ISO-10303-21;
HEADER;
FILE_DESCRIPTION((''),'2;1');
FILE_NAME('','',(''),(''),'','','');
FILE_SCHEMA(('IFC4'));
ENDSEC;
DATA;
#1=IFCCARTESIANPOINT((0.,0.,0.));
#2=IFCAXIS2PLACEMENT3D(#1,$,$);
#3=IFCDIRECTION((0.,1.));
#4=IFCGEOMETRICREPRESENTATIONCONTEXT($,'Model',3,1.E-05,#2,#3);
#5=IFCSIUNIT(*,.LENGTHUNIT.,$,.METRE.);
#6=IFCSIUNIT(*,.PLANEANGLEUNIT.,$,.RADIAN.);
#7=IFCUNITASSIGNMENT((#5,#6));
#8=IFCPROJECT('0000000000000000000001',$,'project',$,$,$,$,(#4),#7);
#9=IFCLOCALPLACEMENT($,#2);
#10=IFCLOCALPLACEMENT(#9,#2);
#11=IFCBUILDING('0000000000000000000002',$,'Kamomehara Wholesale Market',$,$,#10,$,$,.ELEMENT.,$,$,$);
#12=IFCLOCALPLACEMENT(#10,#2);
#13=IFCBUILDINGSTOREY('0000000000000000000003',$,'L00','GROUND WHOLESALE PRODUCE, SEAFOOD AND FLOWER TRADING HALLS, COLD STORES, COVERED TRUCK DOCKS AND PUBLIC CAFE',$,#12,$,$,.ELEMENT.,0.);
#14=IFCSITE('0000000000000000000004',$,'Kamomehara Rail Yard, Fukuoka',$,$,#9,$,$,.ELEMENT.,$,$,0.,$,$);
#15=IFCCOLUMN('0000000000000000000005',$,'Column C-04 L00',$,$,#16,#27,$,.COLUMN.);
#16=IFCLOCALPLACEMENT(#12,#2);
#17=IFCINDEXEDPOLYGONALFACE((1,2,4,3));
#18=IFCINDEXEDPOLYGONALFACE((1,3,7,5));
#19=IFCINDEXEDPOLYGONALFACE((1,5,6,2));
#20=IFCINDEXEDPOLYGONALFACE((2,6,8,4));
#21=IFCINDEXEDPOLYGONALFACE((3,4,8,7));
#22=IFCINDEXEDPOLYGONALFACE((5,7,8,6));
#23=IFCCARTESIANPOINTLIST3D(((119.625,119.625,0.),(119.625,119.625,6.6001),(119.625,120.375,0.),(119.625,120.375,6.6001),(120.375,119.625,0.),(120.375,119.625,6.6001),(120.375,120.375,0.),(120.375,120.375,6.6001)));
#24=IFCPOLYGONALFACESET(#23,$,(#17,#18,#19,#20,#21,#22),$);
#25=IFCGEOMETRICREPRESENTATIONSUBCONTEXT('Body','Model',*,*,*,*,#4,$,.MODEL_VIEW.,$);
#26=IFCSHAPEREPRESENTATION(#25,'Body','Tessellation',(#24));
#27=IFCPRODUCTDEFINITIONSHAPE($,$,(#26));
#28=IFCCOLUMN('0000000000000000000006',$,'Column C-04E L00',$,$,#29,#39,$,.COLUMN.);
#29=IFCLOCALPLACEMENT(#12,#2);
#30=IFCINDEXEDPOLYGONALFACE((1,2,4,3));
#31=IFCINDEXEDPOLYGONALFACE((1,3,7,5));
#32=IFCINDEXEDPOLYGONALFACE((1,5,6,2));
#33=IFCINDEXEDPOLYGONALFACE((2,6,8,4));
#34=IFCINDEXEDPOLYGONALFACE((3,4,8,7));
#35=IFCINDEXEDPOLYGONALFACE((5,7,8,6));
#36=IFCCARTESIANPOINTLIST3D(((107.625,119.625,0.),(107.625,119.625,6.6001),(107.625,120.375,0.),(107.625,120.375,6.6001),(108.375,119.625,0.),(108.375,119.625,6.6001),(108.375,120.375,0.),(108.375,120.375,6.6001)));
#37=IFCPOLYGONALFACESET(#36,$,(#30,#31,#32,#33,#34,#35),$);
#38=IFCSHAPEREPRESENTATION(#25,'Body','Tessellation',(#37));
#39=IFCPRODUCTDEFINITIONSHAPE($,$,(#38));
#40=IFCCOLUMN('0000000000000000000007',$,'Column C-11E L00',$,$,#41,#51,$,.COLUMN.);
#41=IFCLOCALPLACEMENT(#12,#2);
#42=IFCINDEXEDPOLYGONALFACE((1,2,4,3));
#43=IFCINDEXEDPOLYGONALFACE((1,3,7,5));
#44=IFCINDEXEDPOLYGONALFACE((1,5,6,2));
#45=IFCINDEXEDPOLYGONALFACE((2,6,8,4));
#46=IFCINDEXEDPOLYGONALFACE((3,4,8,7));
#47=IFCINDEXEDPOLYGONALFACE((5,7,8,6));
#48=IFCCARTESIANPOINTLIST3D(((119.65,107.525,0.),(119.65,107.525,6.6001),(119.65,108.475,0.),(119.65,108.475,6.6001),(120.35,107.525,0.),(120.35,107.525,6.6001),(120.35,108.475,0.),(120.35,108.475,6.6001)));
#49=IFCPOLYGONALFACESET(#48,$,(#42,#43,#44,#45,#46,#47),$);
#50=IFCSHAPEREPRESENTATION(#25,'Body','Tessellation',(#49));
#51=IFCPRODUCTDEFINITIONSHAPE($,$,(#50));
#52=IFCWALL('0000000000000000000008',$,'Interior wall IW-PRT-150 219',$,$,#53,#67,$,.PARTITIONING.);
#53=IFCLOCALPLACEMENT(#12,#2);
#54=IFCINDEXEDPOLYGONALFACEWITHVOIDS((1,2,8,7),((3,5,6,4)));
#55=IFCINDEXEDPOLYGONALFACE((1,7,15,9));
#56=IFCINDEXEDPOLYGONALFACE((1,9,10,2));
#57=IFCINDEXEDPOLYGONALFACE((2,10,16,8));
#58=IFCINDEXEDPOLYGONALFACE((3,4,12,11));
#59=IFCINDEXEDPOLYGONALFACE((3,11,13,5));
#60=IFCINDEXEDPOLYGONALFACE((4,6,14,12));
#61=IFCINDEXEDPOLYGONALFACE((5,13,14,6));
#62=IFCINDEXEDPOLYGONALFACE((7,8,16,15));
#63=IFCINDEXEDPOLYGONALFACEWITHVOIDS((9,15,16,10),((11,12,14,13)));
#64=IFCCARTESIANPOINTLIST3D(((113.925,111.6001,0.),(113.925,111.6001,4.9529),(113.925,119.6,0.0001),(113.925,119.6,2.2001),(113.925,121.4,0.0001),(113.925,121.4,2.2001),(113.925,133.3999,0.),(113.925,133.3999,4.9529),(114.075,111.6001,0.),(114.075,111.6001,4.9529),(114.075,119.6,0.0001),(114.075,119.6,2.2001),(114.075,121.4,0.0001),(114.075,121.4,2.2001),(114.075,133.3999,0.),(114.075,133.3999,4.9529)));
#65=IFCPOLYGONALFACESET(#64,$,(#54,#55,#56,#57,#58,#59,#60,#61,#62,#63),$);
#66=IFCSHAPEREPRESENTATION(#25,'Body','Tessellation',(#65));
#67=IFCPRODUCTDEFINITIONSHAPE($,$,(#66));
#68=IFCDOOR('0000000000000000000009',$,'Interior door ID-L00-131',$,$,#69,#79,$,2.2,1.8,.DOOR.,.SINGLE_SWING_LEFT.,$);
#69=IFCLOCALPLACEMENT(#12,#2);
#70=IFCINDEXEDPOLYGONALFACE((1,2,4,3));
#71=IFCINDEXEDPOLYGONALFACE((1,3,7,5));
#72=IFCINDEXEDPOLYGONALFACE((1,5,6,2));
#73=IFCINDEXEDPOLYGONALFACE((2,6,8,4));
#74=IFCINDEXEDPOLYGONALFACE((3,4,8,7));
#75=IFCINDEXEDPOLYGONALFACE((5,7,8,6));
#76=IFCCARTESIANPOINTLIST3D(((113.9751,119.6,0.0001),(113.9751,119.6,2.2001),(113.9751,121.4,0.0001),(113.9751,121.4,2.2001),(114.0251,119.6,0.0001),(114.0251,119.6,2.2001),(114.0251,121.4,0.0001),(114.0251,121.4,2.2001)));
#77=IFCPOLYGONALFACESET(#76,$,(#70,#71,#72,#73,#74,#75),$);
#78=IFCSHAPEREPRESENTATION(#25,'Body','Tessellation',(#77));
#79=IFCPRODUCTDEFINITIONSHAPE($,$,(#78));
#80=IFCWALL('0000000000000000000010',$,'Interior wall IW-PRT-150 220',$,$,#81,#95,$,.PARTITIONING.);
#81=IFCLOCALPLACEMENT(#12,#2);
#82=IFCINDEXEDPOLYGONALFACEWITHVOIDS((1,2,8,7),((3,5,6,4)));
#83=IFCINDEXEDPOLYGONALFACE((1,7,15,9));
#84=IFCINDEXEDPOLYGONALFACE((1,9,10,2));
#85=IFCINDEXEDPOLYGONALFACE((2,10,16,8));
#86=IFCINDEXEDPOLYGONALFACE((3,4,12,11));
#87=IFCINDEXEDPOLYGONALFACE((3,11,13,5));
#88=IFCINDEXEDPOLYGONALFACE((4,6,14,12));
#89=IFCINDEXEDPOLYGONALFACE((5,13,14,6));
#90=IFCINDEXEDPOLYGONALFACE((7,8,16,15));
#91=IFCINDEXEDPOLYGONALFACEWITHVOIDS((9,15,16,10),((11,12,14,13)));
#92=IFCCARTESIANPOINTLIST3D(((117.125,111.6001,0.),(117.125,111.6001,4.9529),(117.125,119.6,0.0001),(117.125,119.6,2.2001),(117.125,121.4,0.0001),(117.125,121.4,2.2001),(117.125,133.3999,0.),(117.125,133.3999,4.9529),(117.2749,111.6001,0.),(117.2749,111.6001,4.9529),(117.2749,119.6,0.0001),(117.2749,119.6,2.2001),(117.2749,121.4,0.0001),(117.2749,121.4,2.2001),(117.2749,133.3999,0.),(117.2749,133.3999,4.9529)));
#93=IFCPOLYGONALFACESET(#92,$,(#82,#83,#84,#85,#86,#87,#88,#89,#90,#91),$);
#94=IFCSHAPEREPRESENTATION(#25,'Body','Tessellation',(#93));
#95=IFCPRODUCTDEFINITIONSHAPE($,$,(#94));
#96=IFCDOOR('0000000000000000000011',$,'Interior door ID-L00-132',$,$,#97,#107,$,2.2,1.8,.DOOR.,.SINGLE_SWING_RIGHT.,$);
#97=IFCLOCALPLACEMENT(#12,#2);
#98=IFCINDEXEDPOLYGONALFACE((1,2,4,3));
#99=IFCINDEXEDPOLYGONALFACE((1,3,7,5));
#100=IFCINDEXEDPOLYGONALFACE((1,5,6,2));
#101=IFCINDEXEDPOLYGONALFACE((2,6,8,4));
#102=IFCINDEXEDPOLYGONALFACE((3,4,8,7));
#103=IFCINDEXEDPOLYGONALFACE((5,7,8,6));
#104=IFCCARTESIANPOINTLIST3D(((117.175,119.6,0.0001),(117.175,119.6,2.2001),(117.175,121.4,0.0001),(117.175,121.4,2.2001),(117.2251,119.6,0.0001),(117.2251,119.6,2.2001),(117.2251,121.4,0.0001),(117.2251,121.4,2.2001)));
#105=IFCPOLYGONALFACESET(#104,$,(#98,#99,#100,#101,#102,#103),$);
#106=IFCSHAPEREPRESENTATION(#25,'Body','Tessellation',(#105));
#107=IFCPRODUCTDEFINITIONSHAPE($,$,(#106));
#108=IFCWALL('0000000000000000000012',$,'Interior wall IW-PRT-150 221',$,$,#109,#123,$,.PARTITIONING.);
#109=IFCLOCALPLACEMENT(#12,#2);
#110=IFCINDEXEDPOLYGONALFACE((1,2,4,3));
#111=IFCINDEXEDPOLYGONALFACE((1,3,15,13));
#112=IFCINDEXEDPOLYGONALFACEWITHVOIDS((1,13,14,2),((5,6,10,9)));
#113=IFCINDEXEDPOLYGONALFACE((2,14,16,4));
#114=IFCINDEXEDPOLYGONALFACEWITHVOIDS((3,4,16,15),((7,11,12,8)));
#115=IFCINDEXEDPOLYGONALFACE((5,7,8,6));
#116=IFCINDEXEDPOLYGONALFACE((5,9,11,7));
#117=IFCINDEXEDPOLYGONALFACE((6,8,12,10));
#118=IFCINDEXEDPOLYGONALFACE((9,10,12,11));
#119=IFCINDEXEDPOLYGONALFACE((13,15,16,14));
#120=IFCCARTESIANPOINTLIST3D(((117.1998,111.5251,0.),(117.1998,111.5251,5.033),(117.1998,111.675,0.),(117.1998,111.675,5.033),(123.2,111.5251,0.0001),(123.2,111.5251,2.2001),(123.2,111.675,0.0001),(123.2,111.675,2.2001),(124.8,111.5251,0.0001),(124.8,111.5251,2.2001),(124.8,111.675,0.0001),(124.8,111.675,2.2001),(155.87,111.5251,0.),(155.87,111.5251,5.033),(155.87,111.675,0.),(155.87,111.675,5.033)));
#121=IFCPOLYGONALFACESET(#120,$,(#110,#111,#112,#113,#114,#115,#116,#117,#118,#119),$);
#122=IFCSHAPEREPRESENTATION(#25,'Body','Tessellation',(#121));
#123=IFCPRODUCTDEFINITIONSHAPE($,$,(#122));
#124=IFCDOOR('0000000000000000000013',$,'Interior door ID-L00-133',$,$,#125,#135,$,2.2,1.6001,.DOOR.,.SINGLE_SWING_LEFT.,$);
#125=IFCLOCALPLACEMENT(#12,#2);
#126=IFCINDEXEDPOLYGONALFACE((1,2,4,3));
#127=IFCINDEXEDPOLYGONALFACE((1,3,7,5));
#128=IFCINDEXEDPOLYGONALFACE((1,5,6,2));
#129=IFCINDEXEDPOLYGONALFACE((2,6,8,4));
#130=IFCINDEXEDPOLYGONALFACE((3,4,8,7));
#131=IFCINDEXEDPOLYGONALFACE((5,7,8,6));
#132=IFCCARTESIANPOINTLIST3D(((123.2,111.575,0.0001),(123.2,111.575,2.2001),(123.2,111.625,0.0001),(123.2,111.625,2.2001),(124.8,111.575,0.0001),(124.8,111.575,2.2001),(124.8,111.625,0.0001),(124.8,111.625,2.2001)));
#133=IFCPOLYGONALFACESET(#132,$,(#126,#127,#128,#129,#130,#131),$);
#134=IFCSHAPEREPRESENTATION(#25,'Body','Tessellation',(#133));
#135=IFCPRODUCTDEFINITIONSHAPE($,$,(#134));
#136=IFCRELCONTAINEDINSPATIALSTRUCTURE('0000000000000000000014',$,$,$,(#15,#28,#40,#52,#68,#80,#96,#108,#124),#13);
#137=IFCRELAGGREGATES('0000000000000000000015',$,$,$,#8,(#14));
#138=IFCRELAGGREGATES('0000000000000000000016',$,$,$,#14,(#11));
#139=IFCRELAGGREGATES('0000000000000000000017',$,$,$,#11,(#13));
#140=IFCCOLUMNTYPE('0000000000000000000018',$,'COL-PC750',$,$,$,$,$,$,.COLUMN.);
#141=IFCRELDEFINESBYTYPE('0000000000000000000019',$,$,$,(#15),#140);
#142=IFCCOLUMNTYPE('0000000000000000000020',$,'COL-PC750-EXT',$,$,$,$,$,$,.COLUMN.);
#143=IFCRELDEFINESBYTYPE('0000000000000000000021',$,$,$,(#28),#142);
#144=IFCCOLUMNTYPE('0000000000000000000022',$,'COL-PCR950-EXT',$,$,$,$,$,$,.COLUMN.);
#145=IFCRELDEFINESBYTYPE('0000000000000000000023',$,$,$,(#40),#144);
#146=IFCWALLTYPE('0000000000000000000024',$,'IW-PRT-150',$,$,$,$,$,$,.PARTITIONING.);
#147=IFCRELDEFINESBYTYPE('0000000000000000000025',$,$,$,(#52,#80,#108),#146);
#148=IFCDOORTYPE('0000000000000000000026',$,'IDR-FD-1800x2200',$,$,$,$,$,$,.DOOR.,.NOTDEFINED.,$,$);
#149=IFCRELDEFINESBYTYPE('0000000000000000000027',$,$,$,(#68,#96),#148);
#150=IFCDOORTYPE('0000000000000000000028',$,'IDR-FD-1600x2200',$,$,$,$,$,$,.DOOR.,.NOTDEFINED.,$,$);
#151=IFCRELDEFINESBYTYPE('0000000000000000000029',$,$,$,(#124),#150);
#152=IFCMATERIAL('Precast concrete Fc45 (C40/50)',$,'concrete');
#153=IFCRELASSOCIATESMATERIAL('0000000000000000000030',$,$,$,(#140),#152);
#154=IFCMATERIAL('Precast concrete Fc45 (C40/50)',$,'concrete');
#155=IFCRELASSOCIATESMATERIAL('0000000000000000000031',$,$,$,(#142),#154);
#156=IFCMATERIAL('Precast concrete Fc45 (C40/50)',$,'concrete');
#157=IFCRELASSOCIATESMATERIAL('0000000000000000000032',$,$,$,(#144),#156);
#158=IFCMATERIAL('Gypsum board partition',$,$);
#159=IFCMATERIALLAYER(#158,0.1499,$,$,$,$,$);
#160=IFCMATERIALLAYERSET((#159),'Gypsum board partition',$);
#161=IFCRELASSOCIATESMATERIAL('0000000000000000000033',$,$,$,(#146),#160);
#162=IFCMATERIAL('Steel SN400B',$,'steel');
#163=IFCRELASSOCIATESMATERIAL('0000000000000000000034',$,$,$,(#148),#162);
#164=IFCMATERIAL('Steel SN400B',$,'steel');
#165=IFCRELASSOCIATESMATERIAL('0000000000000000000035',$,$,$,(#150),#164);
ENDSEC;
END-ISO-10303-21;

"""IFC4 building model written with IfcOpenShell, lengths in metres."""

from ifc_helpers import new_model, si_unit, direction, frame, frame_2d, origin, origin_2d, place, context, subcontext, project, spatial, rectangle, extrude, material, layer, layer_set, material_profile, profile_set, type_object, element, fill, save


model = new_model("IFC4")

# Units and contexts
model_context = context("Model", 3, precision=1e-05, world=origin(), true_north=direction((0.0, 1.0)))
body_context = subcontext(model_context, "Body", "Model", "MODEL_VIEW")
ifc_project = project(units=[si_unit("LENGTHUNIT", "METRE"), si_unit("PLANEANGLEUNIT", "RADIAN")], contexts=[model_context])

# Site, building, storey
site_placement = place(None, origin())
site = spatial("IfcSite", under=ifc_project, at=site_placement, Name="Kamomehara Rail Yard, Fukuoka", CompositionType="ELEMENT", RefElevation=0.0)
building_placement = place(site_placement, origin())
building = spatial("IfcBuilding", under=site, at=building_placement, Name="Kamomehara Wholesale Market", CompositionType="ELEMENT")
storey_placement = place(building_placement, origin())
storey = spatial("IfcBuildingStorey", under=building, at=storey_placement, Name="L00", Description="GROUND WHOLESALE PRODUCE, SEAFOOD AND FLOWER TRADING HALLS, COLD STORES, COVERED TRUCK DOCKS AND PUBLIC CAFE", CompositionType="ELEMENT", Elevation=0.0)

# Columns
ifc_material_1 = material(Name="Precast concrete Fc45 (C40/50)", Category="concrete")
ifc_material_profile_1 = material_profile(ifc_material_1, rectangle(XDim=0.75, YDim=0.75, at=origin_2d()), Name="PC-COL-750x750")
ifc_profile_set_1 = profile_set([ifc_material_profile_1], Name="Precast concrete Fc45 (C40/50)")
column_type_1 = type_object("IfcColumnType", Name="COL-PC750", PredefinedType="COLUMN", material=ifc_profile_set_1)
column_1_placement = place(storey_placement, frame((120.0, 120.0, 0.0), z_axis=(0.0, 0.0, 1.0), x_axis=(1.0, 0.0, 0.0)))
element("IfcColumn", 1, at=column_1_placement, inside=storey, type_object=column_type_1, Name="Column C-04 L00", PredefinedType="COLUMN", context=body_context, shape_type="SweptSolid", body=[
    extrude(rectangle(XDim=0.75, YDim=0.75, at=origin_2d()), origin(), (0.0, 0.0, 1.0), 6.6001),
])
ifc_material_2 = material(Name="Precast concrete Fc45 (C40/50)", Category="concrete")
ifc_material_profile_2 = material_profile(ifc_material_2, rectangle(XDim=0.75, YDim=0.75, at=origin_2d()), Name="PC-COL-750x750")
ifc_profile_set_2 = profile_set([ifc_material_profile_2], Name="Precast concrete Fc45 (C40/50)")
column_type_2 = type_object("IfcColumnType", Name="COL-PC750-EXT", PredefinedType="COLUMN", material=ifc_profile_set_2)
column_2_placement = place(storey_placement, frame((108.0, 120.0, 0.0), z_axis=(0.0, 0.0, 1.0), x_axis=(1.0, 0.0, 0.0)))
element("IfcColumn", 2, at=column_2_placement, inside=storey, type_object=column_type_2, Name="Column C-04E L00", PredefinedType="COLUMN", context=body_context, shape_type="SweptSolid", body=[
    extrude(rectangle(XDim=0.75, YDim=0.75, at=origin_2d()), origin(), (0.0, 0.0, 1.0), 6.6001),
])
ifc_material_3 = material(Name="Precast concrete Fc45 (C40/50)", Category="concrete")
ifc_material_profile_3 = material_profile(ifc_material_3, rectangle(XDim=0.7, YDim=0.95, at=origin_2d()), Name="PC-COL-700x950")
ifc_profile_set_3 = profile_set([ifc_material_profile_3], Name="Precast concrete Fc45 (C40/50)")
column_type_3 = type_object("IfcColumnType", Name="COL-PCR950-EXT", PredefinedType="COLUMN", material=ifc_profile_set_3)
column_3_placement = place(storey_placement, frame((120.0, 108.0, 0.0), z_axis=(0.0, 0.0, 1.0), x_axis=(1.0, 0.0, 0.0)))
element("IfcColumn", 3, at=column_3_placement, inside=storey, type_object=column_type_3, Name="Column C-11E L00", PredefinedType="COLUMN", context=body_context, shape_type="SweptSolid", body=[
    extrude(rectangle(XDim=0.7, YDim=0.95, at=origin_2d()), origin(), (0.0, 0.0, 1.0), 6.6001),
])

# Walls, openings, doors
ifc_material_4 = material(Name="Gypsum board partition")
ifc_layer = layer(ifc_material_4, 0.1499)
ifc_layer_set = layer_set([ifc_layer], Name="Gypsum board partition")
wall_type = type_object("IfcWallType", Name="IW-PRT-150", PredefinedType="PARTITIONING", material=ifc_layer_set)
wall_1_placement = place(storey_placement, frame((114.0, 111.6001, 0.0), z_axis=(0.0, 0.0, 1.0), x_axis=(0.0, 1.0, 0.0)))
wall_1 = element("IfcWall", 4, at=wall_1_placement, inside=storey, type_object=wall_type, Name="Interior wall IW-PRT-150 219", PredefinedType="PARTITIONING", context=body_context, shape_type="SweptSolid", body=[
    extrude(rectangle(XDim=21.7998, YDim=0.1499, at=frame_2d((10.8999, 0.0))), origin(), (0.0, 0.0, 1.0), 4.9529),
])
opening_1_placement = place(wall_1_placement, frame((8.0, 0.0, 0.0)))
opening_1 = element("IfcOpeningElement", 5, at=opening_1_placement, cuts=wall_1, PredefinedType="OPENING", context=body_context, shape_type="SweptSolid", body=[
    extrude(rectangle(XDim=1.8, YDim=2.2, at=frame_2d((0.8999, 1.1001))), frame((0.0, 0.0898, 0.0), z_axis=(0.0, -1.0, 0.0), x_axis=(1.0, 0.0, 0.0)), (0.0, 0.0, 1.0), 0.1797),
])
ifc_material_5 = material(Name="Steel SN400B", Category="steel")
door_type_1 = type_object("IfcDoorType", Name="IDR-FD-1800x2200", OperationType="NOTDEFINED", PredefinedType="DOOR", material=ifc_material_5)
door_1_placement = place(opening_1_placement, origin())
door_1 = element("IfcDoor", 6, at=door_1_placement, inside=storey, type_object=door_type_1, Name="Interior door ID-L00-131", OperationType="SINGLE_SWING_LEFT", OverallHeight=2.2, OverallWidth=1.8, PredefinedType="DOOR", context=body_context, shape_type="SweptSolid", body=[
    extrude(rectangle(XDim=1.8, YDim=2.2, at=frame_2d((0.8999, 1.1001))), frame((0.0, 0.0249, 0.0), z_axis=(0.0, -1.0, 0.0), x_axis=(1.0, 0.0, 0.0)), (0.0, 0.0, 1.0), 0.05),
])
fill(opening_1, door_1)
wall_2_placement = place(storey_placement, frame((117.2, 111.6001, 0.0), z_axis=(0.0, 0.0, 1.0), x_axis=(0.0, 1.0, 0.0)))
wall_2 = element("IfcWall", 7, at=wall_2_placement, inside=storey, type_object=wall_type, Name="Interior wall IW-PRT-150 220", PredefinedType="PARTITIONING", context=body_context, shape_type="SweptSolid", body=[
    extrude(rectangle(XDim=21.7998, YDim=0.1499, at=frame_2d((10.8999, 0.0))), origin(), (0.0, 0.0, 1.0), 4.9529),
])
opening_2_placement = place(wall_2_placement, frame((8.0, 0.0, 0.0)))
opening_2 = element("IfcOpeningElement", 8, at=opening_2_placement, cuts=wall_2, PredefinedType="OPENING", context=body_context, shape_type="SweptSolid", body=[
    extrude(rectangle(XDim=1.8, YDim=2.2, at=frame_2d((0.8999, 1.1001))), frame((0.0, 0.0898, 0.0), z_axis=(0.0, -1.0, 0.0), x_axis=(1.0, 0.0, 0.0)), (0.0, 0.0, 1.0), 0.1797),
])
door_2_placement = place(opening_2_placement, origin())
door_2 = element("IfcDoor", 9, at=door_2_placement, inside=storey, type_object=door_type_1, Name="Interior door ID-L00-132", OperationType="SINGLE_SWING_RIGHT", OverallHeight=2.2, OverallWidth=1.8, PredefinedType="DOOR", context=body_context, shape_type="SweptSolid", body=[
    extrude(rectangle(XDim=1.8, YDim=2.2, at=frame_2d((0.8999, 1.1001))), frame((0.0, 0.0249, 0.0), z_axis=(0.0, -1.0, 0.0), x_axis=(1.0, 0.0, 0.0)), (0.0, 0.0, 1.0), 0.05),
])
fill(opening_2, door_2)
wall_3_placement = place(storey_placement, frame((117.2, 111.6001, 0.0), z_axis=(0.0, 0.0, 1.0), x_axis=(1.0, 0.0, 0.0)))
wall_3 = element("IfcWall", 10, at=wall_3_placement, inside=storey, type_object=wall_type, Name="Interior wall IW-PRT-150 221", PredefinedType="PARTITIONING", context=body_context, shape_type="SweptSolid", body=[
    extrude(rectangle(XDim=38.6702, YDim=0.1499, at=frame_2d((19.335, 0.0))), origin(), (0.0, 0.0, 1.0), 5.033),
])
opening_3_placement = place(wall_3_placement, frame((6.0, 0.0, 0.0)))
opening_3 = element("IfcOpeningElement", 11, at=opening_3_placement, cuts=wall_3, PredefinedType="OPENING", context=body_context, shape_type="SweptSolid", body=[
    extrude(rectangle(XDim=1.6001, YDim=2.2, at=frame_2d((0.8, 1.1001))), frame((0.0, 0.0898, 0.0), z_axis=(0.0, -1.0, 0.0), x_axis=(1.0, 0.0, 0.0)), (0.0, 0.0, 1.0), 0.1797),
])
ifc_material_6 = material(Name="Steel SN400B", Category="steel")
door_type_2 = type_object("IfcDoorType", Name="IDR-FD-1600x2200", OperationType="NOTDEFINED", PredefinedType="DOOR", material=ifc_material_6)
door_3_placement = place(opening_3_placement, origin())
door_3 = element("IfcDoor", 12, at=door_3_placement, inside=storey, type_object=door_type_2, Name="Interior door ID-L00-133", OperationType="SINGLE_SWING_LEFT", OverallHeight=2.2, OverallWidth=1.6001, PredefinedType="DOOR", context=body_context, shape_type="SweptSolid", body=[
    extrude(rectangle(XDim=1.6001, YDim=2.2, at=frame_2d((0.8, 1.1001))), frame((0.0, 0.0249, 0.0), z_axis=(0.0, -1.0, 0.0), x_axis=(1.0, 0.0, 0.0)), (0.0, 0.0, 1.0), 0.05),
])
fill(opening_3, door_3)

save(model, "model.ifc")
